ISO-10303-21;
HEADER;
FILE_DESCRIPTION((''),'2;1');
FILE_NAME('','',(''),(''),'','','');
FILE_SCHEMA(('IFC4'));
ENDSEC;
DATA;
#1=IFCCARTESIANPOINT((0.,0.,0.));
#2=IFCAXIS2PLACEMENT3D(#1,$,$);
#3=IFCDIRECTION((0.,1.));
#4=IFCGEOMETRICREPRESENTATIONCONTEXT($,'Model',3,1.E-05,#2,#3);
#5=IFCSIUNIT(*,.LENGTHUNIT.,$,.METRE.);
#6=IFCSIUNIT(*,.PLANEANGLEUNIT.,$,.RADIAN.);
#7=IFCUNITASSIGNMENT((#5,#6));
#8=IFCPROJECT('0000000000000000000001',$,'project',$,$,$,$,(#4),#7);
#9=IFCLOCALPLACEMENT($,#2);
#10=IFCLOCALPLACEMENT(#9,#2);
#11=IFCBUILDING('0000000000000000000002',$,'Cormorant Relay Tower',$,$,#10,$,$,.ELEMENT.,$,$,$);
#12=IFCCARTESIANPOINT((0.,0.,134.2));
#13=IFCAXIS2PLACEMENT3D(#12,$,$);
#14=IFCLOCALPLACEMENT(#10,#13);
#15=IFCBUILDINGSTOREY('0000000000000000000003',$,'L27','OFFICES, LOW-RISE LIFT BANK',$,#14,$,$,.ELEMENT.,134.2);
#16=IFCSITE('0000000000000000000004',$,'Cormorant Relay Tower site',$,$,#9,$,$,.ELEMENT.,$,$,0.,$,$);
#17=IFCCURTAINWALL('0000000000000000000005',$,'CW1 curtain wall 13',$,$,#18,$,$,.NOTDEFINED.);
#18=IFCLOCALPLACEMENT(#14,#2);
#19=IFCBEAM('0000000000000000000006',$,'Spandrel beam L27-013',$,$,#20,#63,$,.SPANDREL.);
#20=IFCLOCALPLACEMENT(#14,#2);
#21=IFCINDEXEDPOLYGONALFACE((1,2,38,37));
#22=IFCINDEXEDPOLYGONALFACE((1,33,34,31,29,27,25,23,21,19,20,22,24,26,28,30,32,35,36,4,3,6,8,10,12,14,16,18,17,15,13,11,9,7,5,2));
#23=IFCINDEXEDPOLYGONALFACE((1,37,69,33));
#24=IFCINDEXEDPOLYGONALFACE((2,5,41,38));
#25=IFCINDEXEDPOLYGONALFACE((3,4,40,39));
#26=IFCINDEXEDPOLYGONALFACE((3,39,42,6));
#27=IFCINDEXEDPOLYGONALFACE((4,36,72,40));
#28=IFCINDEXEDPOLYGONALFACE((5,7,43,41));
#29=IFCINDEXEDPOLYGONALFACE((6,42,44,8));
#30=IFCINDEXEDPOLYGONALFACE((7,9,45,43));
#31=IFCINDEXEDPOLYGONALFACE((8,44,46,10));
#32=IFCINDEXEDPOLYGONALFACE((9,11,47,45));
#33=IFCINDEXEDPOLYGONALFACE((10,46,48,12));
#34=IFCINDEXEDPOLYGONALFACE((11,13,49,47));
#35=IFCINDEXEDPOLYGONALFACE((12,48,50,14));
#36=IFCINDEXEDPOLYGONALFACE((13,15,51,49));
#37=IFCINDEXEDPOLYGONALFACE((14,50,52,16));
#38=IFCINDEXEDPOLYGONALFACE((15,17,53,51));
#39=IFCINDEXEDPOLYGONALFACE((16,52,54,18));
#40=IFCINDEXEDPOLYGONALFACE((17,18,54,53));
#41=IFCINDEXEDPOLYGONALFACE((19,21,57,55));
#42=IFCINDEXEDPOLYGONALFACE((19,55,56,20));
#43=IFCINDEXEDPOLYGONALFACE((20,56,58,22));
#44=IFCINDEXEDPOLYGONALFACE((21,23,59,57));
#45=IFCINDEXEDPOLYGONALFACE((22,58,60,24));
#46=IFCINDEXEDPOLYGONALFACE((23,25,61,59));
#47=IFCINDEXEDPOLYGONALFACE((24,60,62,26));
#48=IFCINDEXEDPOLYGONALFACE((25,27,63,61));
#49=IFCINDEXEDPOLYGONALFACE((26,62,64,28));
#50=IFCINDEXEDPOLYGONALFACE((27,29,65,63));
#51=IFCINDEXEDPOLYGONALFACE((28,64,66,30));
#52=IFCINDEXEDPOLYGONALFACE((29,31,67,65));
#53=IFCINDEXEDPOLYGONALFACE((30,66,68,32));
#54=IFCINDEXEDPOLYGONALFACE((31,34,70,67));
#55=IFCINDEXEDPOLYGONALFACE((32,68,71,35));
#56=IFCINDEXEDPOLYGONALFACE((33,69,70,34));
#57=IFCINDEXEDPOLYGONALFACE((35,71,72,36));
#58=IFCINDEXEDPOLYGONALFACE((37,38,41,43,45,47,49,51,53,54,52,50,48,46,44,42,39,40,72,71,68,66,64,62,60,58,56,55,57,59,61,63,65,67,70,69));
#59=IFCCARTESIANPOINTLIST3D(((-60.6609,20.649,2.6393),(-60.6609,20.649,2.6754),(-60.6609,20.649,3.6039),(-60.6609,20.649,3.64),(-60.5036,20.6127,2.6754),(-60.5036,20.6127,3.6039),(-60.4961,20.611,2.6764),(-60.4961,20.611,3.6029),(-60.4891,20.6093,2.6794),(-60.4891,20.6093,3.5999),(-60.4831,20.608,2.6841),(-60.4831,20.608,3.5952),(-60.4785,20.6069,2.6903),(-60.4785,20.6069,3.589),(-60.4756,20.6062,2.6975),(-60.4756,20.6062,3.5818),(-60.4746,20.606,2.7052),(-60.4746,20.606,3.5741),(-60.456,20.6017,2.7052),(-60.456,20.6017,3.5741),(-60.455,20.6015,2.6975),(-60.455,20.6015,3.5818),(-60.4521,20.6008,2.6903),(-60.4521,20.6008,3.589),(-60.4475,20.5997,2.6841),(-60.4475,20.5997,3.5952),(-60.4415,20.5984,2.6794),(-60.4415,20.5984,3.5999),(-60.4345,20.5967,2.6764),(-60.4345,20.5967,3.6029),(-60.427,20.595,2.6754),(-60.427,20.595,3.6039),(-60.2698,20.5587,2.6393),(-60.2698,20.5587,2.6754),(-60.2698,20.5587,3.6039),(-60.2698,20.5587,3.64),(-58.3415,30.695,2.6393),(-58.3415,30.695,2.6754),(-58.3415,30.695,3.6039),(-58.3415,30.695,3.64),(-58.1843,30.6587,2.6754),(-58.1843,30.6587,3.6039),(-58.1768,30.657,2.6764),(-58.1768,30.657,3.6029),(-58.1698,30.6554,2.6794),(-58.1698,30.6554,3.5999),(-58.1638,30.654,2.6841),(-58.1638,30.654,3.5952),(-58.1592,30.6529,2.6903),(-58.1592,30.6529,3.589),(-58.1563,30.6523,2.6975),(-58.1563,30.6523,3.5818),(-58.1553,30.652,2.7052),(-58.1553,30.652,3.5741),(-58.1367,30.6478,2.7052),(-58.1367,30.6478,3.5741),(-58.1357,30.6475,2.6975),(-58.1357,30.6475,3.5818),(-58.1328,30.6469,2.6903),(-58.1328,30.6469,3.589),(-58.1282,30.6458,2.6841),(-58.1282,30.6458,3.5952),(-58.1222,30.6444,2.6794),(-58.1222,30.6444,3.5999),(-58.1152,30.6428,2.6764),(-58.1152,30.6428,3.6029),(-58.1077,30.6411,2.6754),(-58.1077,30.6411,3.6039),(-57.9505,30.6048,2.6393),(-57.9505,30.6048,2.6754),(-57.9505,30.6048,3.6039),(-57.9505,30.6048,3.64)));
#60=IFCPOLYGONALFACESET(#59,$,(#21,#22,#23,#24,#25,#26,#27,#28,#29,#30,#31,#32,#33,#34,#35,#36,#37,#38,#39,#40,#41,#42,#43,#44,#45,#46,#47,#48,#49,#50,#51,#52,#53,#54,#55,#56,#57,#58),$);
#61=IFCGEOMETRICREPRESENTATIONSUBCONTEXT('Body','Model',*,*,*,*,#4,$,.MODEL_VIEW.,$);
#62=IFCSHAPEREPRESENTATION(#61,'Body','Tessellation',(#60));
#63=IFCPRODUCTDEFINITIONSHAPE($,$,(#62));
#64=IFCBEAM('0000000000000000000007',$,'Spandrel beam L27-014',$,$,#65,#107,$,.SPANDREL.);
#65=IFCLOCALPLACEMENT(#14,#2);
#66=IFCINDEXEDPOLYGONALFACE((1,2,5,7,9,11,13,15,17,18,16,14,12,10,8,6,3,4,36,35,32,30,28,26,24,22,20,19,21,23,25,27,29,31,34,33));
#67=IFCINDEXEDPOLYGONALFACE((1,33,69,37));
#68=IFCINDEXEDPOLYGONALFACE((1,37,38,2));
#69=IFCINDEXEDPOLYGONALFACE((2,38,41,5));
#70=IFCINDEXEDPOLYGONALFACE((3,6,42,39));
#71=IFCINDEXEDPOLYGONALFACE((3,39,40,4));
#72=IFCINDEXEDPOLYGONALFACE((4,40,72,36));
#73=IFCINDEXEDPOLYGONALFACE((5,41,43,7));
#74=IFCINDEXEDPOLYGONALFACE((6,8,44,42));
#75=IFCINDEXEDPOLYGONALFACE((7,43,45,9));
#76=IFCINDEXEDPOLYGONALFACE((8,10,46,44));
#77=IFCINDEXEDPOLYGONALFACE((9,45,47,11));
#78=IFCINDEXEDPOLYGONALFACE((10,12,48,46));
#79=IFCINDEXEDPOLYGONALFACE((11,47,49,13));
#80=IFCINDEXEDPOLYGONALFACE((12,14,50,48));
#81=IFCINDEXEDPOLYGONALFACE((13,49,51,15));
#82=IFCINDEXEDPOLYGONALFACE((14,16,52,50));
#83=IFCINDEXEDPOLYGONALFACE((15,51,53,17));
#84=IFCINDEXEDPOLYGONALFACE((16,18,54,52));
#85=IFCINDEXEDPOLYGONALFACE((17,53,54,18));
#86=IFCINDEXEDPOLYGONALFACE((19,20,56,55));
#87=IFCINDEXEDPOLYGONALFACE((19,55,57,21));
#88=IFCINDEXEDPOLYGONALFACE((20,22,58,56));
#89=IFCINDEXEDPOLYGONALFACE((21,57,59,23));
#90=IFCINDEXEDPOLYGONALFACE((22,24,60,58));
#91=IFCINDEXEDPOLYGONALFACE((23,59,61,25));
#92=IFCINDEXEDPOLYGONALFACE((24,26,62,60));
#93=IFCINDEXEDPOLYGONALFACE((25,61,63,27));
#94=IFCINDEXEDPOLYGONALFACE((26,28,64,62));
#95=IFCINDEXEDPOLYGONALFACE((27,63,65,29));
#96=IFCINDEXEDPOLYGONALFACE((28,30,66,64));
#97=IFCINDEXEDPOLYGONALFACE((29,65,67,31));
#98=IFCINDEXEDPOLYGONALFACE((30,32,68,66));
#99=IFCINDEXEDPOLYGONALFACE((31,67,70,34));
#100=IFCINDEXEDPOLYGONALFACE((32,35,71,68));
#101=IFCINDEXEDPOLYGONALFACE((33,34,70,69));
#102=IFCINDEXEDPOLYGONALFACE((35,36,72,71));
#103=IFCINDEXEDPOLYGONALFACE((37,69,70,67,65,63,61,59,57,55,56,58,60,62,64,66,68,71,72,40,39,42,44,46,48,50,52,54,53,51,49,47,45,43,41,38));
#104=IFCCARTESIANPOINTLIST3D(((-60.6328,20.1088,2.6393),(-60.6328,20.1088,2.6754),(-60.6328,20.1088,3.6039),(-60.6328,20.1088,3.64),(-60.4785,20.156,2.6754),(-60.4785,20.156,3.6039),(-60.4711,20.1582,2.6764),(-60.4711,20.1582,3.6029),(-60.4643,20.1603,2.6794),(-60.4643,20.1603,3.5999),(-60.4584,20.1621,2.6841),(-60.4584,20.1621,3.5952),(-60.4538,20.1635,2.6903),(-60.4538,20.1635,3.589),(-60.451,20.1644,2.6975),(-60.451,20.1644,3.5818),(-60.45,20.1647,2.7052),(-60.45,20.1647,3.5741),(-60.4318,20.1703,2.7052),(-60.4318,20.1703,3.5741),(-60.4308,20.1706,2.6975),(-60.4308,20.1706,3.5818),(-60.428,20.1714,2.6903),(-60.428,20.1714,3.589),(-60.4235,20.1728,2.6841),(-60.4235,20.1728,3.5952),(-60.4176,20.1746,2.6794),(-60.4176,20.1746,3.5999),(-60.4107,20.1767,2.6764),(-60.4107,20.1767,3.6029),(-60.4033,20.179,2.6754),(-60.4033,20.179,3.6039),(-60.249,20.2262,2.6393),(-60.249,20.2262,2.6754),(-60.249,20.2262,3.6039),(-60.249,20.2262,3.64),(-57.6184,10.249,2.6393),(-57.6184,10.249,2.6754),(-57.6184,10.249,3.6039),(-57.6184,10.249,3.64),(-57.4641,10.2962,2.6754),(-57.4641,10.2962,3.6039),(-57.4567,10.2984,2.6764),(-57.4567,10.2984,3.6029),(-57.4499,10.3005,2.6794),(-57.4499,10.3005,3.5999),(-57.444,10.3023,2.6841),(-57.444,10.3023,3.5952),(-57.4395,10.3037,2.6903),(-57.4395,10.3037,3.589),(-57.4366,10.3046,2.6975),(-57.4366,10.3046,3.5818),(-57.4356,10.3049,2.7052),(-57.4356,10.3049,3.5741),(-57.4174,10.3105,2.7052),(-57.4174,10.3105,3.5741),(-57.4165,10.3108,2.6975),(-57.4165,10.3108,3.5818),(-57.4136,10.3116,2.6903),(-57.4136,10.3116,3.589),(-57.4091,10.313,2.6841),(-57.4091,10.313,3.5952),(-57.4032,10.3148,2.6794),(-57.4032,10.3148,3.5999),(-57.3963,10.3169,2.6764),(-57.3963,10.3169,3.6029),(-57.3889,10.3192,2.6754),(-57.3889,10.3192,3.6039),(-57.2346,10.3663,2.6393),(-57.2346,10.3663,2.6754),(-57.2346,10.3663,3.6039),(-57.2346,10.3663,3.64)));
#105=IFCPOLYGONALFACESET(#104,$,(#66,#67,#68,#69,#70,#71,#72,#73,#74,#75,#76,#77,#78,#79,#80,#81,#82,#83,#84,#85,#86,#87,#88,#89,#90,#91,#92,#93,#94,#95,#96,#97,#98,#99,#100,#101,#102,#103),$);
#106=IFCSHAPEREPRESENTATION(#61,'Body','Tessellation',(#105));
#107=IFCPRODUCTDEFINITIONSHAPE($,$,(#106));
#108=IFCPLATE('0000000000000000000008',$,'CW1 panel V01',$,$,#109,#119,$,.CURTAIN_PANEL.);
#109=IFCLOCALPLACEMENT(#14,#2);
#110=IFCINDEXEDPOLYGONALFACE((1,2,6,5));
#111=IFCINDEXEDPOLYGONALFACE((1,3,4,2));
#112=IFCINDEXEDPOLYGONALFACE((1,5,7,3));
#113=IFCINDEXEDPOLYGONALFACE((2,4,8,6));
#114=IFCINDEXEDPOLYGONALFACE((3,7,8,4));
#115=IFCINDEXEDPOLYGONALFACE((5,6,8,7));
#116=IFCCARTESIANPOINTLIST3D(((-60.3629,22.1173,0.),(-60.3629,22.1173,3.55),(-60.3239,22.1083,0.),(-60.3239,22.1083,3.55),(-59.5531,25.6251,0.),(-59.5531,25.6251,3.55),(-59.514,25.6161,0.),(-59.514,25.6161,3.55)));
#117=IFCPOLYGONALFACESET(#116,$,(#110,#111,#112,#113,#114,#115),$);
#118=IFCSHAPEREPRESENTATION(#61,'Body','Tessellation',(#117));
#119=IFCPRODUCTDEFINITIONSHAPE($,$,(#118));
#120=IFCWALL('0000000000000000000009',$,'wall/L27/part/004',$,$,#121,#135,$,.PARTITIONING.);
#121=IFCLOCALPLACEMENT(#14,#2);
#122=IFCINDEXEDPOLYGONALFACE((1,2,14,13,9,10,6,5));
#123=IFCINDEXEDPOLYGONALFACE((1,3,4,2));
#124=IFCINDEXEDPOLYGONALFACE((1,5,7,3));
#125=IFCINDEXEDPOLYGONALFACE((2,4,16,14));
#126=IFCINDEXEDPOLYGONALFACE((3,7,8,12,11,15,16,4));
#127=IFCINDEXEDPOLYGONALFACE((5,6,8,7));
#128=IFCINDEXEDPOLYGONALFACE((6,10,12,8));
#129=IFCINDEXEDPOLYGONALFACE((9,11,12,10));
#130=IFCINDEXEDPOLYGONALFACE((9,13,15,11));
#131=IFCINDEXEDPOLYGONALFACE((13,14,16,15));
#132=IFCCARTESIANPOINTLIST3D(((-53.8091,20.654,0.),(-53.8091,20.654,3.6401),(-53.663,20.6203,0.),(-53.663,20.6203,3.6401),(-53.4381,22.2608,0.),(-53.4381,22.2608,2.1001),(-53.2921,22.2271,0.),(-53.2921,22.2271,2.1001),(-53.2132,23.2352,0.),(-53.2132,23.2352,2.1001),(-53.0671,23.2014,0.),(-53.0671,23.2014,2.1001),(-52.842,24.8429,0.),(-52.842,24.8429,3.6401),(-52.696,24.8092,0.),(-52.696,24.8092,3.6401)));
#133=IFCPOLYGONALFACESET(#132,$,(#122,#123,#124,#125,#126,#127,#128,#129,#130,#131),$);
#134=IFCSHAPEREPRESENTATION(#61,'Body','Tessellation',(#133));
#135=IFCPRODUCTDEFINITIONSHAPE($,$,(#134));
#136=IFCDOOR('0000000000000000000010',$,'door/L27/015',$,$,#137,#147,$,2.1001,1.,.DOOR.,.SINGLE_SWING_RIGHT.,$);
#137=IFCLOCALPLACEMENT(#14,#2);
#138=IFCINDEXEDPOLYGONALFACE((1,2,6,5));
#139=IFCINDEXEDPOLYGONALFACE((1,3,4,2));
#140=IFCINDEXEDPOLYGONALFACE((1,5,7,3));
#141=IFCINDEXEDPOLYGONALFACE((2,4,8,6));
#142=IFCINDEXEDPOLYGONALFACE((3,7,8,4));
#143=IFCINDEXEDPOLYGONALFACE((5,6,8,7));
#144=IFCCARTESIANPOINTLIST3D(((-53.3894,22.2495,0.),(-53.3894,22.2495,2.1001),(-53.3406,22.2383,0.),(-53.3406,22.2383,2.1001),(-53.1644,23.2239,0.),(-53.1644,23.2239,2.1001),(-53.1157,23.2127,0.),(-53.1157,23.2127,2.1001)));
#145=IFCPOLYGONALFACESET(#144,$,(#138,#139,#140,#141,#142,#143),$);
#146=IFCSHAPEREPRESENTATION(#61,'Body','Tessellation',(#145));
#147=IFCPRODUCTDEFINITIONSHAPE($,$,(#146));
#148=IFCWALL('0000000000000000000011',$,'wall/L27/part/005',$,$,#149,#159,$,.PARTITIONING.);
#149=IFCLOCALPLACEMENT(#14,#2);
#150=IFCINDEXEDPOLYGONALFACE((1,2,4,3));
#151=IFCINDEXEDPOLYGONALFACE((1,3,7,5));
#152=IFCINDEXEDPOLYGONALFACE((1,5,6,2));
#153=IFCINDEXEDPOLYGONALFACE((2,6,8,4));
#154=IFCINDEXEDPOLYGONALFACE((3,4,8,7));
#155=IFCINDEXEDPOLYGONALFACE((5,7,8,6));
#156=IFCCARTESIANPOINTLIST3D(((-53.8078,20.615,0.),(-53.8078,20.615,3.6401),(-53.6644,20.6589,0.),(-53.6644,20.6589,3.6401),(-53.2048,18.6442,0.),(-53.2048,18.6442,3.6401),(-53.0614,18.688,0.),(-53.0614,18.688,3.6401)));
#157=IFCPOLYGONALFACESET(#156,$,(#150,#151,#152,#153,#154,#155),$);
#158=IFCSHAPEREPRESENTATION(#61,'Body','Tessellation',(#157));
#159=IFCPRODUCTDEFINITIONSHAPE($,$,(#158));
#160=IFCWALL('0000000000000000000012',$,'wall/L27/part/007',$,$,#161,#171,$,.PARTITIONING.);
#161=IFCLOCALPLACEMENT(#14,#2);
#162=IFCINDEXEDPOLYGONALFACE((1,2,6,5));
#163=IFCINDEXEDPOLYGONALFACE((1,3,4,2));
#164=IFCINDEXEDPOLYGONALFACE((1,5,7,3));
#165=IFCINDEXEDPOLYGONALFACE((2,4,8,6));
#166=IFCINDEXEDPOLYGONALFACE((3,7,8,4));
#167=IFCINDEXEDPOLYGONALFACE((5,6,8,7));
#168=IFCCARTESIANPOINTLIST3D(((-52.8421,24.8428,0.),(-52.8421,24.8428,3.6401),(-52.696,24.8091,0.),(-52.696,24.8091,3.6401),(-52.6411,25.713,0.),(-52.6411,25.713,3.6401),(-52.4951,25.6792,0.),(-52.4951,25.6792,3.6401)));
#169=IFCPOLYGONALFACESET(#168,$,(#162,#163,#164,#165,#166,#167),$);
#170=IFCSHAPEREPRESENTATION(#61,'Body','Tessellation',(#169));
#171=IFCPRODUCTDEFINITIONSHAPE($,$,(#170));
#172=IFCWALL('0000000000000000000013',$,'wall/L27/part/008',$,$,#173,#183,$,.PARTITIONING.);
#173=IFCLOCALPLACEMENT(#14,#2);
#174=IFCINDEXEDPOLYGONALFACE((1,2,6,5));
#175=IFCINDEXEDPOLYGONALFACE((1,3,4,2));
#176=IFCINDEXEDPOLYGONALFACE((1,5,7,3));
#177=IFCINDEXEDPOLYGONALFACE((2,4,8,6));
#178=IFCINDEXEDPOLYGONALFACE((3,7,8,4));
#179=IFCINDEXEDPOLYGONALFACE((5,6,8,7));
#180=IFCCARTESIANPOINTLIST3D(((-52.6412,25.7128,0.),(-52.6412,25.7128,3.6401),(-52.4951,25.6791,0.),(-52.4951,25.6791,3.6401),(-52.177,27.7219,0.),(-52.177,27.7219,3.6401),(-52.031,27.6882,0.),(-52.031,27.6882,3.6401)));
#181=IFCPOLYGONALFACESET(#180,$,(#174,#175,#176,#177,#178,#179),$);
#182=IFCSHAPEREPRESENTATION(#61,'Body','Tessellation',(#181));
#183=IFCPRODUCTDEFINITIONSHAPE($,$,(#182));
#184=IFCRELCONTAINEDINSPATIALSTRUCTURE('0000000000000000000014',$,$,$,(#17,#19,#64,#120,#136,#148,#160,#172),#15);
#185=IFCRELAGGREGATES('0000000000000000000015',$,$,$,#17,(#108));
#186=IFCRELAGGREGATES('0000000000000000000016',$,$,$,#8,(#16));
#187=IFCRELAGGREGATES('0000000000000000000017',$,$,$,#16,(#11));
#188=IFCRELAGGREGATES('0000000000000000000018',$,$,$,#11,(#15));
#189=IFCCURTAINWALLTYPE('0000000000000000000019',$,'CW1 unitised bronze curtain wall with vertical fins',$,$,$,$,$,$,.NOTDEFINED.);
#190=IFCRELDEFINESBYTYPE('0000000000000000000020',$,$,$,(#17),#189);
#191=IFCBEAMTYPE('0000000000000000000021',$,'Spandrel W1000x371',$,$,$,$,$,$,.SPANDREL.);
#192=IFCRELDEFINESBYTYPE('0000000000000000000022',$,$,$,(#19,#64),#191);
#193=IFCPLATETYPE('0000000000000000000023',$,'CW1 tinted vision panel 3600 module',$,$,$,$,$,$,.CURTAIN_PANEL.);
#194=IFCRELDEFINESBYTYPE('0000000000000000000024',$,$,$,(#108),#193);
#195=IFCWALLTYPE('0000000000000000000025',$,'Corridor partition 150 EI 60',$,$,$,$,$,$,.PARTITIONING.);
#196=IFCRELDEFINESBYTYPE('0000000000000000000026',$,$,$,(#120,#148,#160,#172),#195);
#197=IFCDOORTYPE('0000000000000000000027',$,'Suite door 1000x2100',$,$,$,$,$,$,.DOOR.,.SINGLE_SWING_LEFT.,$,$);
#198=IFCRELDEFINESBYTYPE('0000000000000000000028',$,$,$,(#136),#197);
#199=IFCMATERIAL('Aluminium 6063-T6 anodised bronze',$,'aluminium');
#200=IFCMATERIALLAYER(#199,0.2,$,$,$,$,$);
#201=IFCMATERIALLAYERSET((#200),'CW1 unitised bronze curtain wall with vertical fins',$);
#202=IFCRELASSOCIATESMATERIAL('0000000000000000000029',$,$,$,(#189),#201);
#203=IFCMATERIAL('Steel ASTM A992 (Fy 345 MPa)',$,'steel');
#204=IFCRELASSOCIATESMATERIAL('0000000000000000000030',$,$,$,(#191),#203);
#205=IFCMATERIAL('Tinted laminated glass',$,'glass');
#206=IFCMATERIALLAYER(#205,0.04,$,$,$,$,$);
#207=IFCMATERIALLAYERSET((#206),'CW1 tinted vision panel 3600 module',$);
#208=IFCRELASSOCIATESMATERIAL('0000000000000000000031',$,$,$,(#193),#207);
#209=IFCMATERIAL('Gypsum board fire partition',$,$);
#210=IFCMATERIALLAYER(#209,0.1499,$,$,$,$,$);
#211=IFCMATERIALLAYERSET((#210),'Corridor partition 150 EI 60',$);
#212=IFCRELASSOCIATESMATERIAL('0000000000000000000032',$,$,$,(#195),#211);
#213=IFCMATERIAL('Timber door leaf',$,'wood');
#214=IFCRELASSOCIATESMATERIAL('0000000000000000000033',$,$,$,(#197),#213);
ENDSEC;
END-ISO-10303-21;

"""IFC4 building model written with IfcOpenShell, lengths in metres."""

from ifc_helpers import new_model, si_unit, direction, frame, frame_2d, origin, origin_2d, place, context, subcontext, project, spatial, rectangle, i_section, extrude, material, layer, layer_set, material_profile, profile_set, type_object, element, fill, aggregate, save


model = new_model("IFC4")

# Units and contexts
model_context = context("Model", 3, precision=1e-05, world=origin(), true_north=direction((0.0, 1.0)))
body_context = subcontext(model_context, "Body", "Model", "MODEL_VIEW")
ifc_project = project(units=[si_unit("LENGTHUNIT", "METRE"), si_unit("PLANEANGLEUNIT", "RADIAN")], contexts=[model_context])

# Site, building, storey
site_placement = place(None, origin())
site = spatial("IfcSite", under=ifc_project, at=site_placement, Name="Cormorant Relay Tower site", CompositionType="ELEMENT", RefElevation=0.0)
building_placement = place(site_placement, origin())
building = spatial("IfcBuilding", under=site, at=building_placement, Name="Cormorant Relay Tower", CompositionType="ELEMENT")
storey_placement = place(building_placement, frame((0.0, 0.0, 134.2)))
storey = spatial("IfcBuildingStorey", under=building, at=storey_placement, Name="L27", Description="OFFICES, LOW-RISE LIFT BANK", CompositionType="ELEMENT", Elevation=134.2)

# Curtain wall
ifc_material_1 = material(Name="Aluminium 6063-T6 anodised bronze", Category="aluminium")
ifc_layer_1 = layer(ifc_material_1, 0.2)
ifc_layer_set_1 = layer_set([ifc_layer_1], Name="CW1 unitised bronze curtain wall with vertical fins")
curtain_wall_type = type_object("IfcCurtainWallType", Name="CW1 unitised bronze curtain wall with vertical fins", PredefinedType="NOTDEFINED", material=ifc_layer_set_1)
curtain_wall_1_placement = place(storey_placement, origin())
curtain_wall_1 = element("IfcCurtainWall", 1, at=curtain_wall_1_placement, inside=storey, type_object=curtain_wall_type, Name="CW1 curtain wall 13", PredefinedType="NOTDEFINED")

# Beams
ifc_material_2 = material(Name="Steel ASTM A992 (Fy 345 MPa)", Category="steel")
ifc_material_profile_1 = material_profile(ifc_material_2, i_section(OverallWidth=0.4014, OverallDepth=1.0007, WebThickness=0.019, FlangeThickness=0.0361, FilletRadius=0.0298, at=origin_2d()), Name="W1000x371")
ifc_profile_set_1 = profile_set([ifc_material_profile_1], Name="Steel ASTM A992 (Fy 345 MPa)")
beam_type = type_object("IfcBeamType", Name="Spandrel W1000x371", PredefinedType="SPANDREL", material=ifc_profile_set_1)
for number, where, z_axis, x_axis, name in (
    (2, (-58.146, 30.6499, 3.1396), (-0.224951, -0.97437, 0.0), (0.97437, -0.224951, 0.0), "Spandrel beam L27-013"),
    (3, (-60.4409, 20.1675, 3.1396), (0.292367, -0.956306, 0.0), (0.956306, 0.292367, 0.0), "Spandrel beam L27-014"),
):
    element("IfcBeam", number, at=place(storey_placement, frame(where, z_axis=z_axis, x_axis=x_axis)), inside=storey, type_object=beam_type, Name=name, PredefinedType="SPANDREL", context=body_context, shape_type="SweptSolid", body=[
        extrude(i_section(OverallWidth=0.4014, OverallDepth=1.0007, WebThickness=0.019, FlangeThickness=0.0361, FilletRadius=0.0298, at=origin_2d()), origin(), (0.0, 0.0, 1.0), 10.3103),
    ])

# Plate
ifc_material_3 = material(Name="Tinted laminated glass", Category="glass")
ifc_layer_2 = layer(ifc_material_3, 0.04)
ifc_layer_set_2 = layer_set([ifc_layer_2], Name="CW1 tinted vision panel 3600 module")
plate_type = type_object("IfcPlateType", Name="CW1 tinted vision panel 3600 module", PredefinedType="CURTAIN_PANEL", material=ifc_layer_set_2)
plate_placement = place(storey_placement, frame((-59.9385, 23.8667, 0.0), z_axis=(0.0, 0.0, 1.0), x_axis=(-0.224951, -0.97437, 0.0)))
plate = element("IfcPlate", 4, at=plate_placement, type_object=plate_type, Name="CW1 panel V01", PredefinedType="CURTAIN_PANEL", context=body_context, shape_type="SweptSolid", body=[
    extrude(rectangle(XDim=3.6001, YDim=0.04, at=origin_2d()), origin(), (0.0, 0.0, 1.0), 3.55),
])

# Wall, opening, door
ifc_material_4 = material(Name="Gypsum board fire partition")
ifc_layer_3 = layer(ifc_material_4, 0.1499)
ifc_layer_set_3 = layer_set([ifc_layer_3], Name="Corridor partition 150 EI 60")
wall_type_1 = type_object("IfcWallType", Name="Corridor partition 150 EI 60", PredefinedType="PARTITIONING", material=ifc_layer_set_3)
wall_1_placement = place(storey_placement, frame((-52.769, 24.8259, 0.0), z_axis=(0.0, 0.0, 1.0), x_axis=(-0.224938, -0.974373, 0.0)))
wall_1 = element("IfcWall", 5, at=wall_1_placement, inside=storey, type_object=wall_type_1, Name="wall/L27/part/004", PredefinedType="PARTITIONING", context=body_context, shape_type="SweptSolid", body=[
    extrude(rectangle(XDim=4.2991, YDim=0.1499, at=frame_2d((2.1494, 0.0))), origin(), (0.0, 0.0, 1.0), 3.6401),
])
opening_1_placement = place(wall_1_placement, frame((1.6499, 0.0, 0.0)))
opening_1 = element("IfcOpeningElement", 6, at=opening_1_placement, cuts=wall_1, PredefinedType="OPENING", context=body_context, shape_type="SweptSolid", body=[
    extrude(rectangle(XDim=1.0, YDim=2.1001, at=frame_2d((0.5, 1.05))), frame((0.0, 0.085, 0.0), z_axis=(0.0, -1.0, 0.0), x_axis=(1.0, 0.0, 0.0)), (0.0, 0.0, 1.0), 0.1699),
])
ifc_material_5 = material(Name="Timber door leaf", Category="wood")
door_type_1 = type_object("IfcDoorType", Name="Suite door 1000x2100", OperationType="SINGLE_SWING_LEFT", PredefinedType="DOOR", material=ifc_material_5)
door_1_placement = place(opening_1_placement, frame((1.0, 0.0, 0.0), z_axis=(0.0, 0.0, 1.0), x_axis=(-1.0, 0.0, 0.0)))
door_1 = element("IfcDoor", 7, at=door_1_placement, inside=storey, type_object=door_type_1, Name="door/L27/015", OperationType="SINGLE_SWING_RIGHT", OverallHeight=2.1001, OverallWidth=1.0, PredefinedType="DOOR", context=body_context, shape_type="SweptSolid", body=[
    extrude(rectangle(XDim=1.0, YDim=2.1001, at=frame_2d((0.5, 1.05))), frame((0.0, 0.0249, 0.0), z_axis=(0.0, -1.0, 0.0), x_axis=(1.0, 0.0, 0.0)), (0.0, 0.0, 1.0), 0.05),
])
fill(opening_1, door_1)

# Walls
wall_2_placement = place(storey_placement, frame((-53.7361, 20.637, 0.0), z_axis=(0.0, 0.0, 1.0), x_axis=(0.292571, -0.956244, 0.0)))
element("IfcWall", 8, at=wall_2_placement, inside=storey, type_object=wall_type_1, Name="wall/L27/part/005", PredefinedType="PARTITIONING", context=body_context, shape_type="SweptSolid", body=[
    extrude(rectangle(XDim=2.061, YDim=0.1499, at=frame_2d((1.0305, 0.0))), origin(), (0.0, 0.0, 1.0), 3.6401),
])
wall_3_placement = place(storey_placement, frame((-52.769, 24.8259, 0.0), z_axis=(0.0, 0.0, 1.0), x_axis=(0.224999, 0.974359, 0.0)))
element("IfcWall", 9, at=wall_3_placement, inside=storey, type_object=wall_type_1, Name="wall/L27/part/007", PredefinedType="PARTITIONING", context=body_context, shape_type="SweptSolid", body=[
    extrude(rectangle(XDim=0.8931, YDim=0.1499, at=frame_2d((0.4465, 0.0))), origin(), (0.0, 0.0, 1.0), 3.6401),
])
wall_4_placement = place(storey_placement, frame((-52.104, 27.7051, 0.0), z_axis=(0.0, 0.0, 1.0), x_axis=(-0.225084, -0.974339, 0.0)))
element("IfcWall", 10, at=wall_4_placement, inside=storey, type_object=wall_type_1, Name="wall/L27/part/008", PredefinedType="PARTITIONING", context=body_context, shape_type="SweptSolid", body=[
    extrude(rectangle(XDim=2.062, YDim=0.1499, at=frame_2d((1.031, 0.0))), origin(), (0.0, 0.0, 1.0), 3.6401),
])

aggregate(curtain_wall_1, [plate])

save(model, "model.ifc")
